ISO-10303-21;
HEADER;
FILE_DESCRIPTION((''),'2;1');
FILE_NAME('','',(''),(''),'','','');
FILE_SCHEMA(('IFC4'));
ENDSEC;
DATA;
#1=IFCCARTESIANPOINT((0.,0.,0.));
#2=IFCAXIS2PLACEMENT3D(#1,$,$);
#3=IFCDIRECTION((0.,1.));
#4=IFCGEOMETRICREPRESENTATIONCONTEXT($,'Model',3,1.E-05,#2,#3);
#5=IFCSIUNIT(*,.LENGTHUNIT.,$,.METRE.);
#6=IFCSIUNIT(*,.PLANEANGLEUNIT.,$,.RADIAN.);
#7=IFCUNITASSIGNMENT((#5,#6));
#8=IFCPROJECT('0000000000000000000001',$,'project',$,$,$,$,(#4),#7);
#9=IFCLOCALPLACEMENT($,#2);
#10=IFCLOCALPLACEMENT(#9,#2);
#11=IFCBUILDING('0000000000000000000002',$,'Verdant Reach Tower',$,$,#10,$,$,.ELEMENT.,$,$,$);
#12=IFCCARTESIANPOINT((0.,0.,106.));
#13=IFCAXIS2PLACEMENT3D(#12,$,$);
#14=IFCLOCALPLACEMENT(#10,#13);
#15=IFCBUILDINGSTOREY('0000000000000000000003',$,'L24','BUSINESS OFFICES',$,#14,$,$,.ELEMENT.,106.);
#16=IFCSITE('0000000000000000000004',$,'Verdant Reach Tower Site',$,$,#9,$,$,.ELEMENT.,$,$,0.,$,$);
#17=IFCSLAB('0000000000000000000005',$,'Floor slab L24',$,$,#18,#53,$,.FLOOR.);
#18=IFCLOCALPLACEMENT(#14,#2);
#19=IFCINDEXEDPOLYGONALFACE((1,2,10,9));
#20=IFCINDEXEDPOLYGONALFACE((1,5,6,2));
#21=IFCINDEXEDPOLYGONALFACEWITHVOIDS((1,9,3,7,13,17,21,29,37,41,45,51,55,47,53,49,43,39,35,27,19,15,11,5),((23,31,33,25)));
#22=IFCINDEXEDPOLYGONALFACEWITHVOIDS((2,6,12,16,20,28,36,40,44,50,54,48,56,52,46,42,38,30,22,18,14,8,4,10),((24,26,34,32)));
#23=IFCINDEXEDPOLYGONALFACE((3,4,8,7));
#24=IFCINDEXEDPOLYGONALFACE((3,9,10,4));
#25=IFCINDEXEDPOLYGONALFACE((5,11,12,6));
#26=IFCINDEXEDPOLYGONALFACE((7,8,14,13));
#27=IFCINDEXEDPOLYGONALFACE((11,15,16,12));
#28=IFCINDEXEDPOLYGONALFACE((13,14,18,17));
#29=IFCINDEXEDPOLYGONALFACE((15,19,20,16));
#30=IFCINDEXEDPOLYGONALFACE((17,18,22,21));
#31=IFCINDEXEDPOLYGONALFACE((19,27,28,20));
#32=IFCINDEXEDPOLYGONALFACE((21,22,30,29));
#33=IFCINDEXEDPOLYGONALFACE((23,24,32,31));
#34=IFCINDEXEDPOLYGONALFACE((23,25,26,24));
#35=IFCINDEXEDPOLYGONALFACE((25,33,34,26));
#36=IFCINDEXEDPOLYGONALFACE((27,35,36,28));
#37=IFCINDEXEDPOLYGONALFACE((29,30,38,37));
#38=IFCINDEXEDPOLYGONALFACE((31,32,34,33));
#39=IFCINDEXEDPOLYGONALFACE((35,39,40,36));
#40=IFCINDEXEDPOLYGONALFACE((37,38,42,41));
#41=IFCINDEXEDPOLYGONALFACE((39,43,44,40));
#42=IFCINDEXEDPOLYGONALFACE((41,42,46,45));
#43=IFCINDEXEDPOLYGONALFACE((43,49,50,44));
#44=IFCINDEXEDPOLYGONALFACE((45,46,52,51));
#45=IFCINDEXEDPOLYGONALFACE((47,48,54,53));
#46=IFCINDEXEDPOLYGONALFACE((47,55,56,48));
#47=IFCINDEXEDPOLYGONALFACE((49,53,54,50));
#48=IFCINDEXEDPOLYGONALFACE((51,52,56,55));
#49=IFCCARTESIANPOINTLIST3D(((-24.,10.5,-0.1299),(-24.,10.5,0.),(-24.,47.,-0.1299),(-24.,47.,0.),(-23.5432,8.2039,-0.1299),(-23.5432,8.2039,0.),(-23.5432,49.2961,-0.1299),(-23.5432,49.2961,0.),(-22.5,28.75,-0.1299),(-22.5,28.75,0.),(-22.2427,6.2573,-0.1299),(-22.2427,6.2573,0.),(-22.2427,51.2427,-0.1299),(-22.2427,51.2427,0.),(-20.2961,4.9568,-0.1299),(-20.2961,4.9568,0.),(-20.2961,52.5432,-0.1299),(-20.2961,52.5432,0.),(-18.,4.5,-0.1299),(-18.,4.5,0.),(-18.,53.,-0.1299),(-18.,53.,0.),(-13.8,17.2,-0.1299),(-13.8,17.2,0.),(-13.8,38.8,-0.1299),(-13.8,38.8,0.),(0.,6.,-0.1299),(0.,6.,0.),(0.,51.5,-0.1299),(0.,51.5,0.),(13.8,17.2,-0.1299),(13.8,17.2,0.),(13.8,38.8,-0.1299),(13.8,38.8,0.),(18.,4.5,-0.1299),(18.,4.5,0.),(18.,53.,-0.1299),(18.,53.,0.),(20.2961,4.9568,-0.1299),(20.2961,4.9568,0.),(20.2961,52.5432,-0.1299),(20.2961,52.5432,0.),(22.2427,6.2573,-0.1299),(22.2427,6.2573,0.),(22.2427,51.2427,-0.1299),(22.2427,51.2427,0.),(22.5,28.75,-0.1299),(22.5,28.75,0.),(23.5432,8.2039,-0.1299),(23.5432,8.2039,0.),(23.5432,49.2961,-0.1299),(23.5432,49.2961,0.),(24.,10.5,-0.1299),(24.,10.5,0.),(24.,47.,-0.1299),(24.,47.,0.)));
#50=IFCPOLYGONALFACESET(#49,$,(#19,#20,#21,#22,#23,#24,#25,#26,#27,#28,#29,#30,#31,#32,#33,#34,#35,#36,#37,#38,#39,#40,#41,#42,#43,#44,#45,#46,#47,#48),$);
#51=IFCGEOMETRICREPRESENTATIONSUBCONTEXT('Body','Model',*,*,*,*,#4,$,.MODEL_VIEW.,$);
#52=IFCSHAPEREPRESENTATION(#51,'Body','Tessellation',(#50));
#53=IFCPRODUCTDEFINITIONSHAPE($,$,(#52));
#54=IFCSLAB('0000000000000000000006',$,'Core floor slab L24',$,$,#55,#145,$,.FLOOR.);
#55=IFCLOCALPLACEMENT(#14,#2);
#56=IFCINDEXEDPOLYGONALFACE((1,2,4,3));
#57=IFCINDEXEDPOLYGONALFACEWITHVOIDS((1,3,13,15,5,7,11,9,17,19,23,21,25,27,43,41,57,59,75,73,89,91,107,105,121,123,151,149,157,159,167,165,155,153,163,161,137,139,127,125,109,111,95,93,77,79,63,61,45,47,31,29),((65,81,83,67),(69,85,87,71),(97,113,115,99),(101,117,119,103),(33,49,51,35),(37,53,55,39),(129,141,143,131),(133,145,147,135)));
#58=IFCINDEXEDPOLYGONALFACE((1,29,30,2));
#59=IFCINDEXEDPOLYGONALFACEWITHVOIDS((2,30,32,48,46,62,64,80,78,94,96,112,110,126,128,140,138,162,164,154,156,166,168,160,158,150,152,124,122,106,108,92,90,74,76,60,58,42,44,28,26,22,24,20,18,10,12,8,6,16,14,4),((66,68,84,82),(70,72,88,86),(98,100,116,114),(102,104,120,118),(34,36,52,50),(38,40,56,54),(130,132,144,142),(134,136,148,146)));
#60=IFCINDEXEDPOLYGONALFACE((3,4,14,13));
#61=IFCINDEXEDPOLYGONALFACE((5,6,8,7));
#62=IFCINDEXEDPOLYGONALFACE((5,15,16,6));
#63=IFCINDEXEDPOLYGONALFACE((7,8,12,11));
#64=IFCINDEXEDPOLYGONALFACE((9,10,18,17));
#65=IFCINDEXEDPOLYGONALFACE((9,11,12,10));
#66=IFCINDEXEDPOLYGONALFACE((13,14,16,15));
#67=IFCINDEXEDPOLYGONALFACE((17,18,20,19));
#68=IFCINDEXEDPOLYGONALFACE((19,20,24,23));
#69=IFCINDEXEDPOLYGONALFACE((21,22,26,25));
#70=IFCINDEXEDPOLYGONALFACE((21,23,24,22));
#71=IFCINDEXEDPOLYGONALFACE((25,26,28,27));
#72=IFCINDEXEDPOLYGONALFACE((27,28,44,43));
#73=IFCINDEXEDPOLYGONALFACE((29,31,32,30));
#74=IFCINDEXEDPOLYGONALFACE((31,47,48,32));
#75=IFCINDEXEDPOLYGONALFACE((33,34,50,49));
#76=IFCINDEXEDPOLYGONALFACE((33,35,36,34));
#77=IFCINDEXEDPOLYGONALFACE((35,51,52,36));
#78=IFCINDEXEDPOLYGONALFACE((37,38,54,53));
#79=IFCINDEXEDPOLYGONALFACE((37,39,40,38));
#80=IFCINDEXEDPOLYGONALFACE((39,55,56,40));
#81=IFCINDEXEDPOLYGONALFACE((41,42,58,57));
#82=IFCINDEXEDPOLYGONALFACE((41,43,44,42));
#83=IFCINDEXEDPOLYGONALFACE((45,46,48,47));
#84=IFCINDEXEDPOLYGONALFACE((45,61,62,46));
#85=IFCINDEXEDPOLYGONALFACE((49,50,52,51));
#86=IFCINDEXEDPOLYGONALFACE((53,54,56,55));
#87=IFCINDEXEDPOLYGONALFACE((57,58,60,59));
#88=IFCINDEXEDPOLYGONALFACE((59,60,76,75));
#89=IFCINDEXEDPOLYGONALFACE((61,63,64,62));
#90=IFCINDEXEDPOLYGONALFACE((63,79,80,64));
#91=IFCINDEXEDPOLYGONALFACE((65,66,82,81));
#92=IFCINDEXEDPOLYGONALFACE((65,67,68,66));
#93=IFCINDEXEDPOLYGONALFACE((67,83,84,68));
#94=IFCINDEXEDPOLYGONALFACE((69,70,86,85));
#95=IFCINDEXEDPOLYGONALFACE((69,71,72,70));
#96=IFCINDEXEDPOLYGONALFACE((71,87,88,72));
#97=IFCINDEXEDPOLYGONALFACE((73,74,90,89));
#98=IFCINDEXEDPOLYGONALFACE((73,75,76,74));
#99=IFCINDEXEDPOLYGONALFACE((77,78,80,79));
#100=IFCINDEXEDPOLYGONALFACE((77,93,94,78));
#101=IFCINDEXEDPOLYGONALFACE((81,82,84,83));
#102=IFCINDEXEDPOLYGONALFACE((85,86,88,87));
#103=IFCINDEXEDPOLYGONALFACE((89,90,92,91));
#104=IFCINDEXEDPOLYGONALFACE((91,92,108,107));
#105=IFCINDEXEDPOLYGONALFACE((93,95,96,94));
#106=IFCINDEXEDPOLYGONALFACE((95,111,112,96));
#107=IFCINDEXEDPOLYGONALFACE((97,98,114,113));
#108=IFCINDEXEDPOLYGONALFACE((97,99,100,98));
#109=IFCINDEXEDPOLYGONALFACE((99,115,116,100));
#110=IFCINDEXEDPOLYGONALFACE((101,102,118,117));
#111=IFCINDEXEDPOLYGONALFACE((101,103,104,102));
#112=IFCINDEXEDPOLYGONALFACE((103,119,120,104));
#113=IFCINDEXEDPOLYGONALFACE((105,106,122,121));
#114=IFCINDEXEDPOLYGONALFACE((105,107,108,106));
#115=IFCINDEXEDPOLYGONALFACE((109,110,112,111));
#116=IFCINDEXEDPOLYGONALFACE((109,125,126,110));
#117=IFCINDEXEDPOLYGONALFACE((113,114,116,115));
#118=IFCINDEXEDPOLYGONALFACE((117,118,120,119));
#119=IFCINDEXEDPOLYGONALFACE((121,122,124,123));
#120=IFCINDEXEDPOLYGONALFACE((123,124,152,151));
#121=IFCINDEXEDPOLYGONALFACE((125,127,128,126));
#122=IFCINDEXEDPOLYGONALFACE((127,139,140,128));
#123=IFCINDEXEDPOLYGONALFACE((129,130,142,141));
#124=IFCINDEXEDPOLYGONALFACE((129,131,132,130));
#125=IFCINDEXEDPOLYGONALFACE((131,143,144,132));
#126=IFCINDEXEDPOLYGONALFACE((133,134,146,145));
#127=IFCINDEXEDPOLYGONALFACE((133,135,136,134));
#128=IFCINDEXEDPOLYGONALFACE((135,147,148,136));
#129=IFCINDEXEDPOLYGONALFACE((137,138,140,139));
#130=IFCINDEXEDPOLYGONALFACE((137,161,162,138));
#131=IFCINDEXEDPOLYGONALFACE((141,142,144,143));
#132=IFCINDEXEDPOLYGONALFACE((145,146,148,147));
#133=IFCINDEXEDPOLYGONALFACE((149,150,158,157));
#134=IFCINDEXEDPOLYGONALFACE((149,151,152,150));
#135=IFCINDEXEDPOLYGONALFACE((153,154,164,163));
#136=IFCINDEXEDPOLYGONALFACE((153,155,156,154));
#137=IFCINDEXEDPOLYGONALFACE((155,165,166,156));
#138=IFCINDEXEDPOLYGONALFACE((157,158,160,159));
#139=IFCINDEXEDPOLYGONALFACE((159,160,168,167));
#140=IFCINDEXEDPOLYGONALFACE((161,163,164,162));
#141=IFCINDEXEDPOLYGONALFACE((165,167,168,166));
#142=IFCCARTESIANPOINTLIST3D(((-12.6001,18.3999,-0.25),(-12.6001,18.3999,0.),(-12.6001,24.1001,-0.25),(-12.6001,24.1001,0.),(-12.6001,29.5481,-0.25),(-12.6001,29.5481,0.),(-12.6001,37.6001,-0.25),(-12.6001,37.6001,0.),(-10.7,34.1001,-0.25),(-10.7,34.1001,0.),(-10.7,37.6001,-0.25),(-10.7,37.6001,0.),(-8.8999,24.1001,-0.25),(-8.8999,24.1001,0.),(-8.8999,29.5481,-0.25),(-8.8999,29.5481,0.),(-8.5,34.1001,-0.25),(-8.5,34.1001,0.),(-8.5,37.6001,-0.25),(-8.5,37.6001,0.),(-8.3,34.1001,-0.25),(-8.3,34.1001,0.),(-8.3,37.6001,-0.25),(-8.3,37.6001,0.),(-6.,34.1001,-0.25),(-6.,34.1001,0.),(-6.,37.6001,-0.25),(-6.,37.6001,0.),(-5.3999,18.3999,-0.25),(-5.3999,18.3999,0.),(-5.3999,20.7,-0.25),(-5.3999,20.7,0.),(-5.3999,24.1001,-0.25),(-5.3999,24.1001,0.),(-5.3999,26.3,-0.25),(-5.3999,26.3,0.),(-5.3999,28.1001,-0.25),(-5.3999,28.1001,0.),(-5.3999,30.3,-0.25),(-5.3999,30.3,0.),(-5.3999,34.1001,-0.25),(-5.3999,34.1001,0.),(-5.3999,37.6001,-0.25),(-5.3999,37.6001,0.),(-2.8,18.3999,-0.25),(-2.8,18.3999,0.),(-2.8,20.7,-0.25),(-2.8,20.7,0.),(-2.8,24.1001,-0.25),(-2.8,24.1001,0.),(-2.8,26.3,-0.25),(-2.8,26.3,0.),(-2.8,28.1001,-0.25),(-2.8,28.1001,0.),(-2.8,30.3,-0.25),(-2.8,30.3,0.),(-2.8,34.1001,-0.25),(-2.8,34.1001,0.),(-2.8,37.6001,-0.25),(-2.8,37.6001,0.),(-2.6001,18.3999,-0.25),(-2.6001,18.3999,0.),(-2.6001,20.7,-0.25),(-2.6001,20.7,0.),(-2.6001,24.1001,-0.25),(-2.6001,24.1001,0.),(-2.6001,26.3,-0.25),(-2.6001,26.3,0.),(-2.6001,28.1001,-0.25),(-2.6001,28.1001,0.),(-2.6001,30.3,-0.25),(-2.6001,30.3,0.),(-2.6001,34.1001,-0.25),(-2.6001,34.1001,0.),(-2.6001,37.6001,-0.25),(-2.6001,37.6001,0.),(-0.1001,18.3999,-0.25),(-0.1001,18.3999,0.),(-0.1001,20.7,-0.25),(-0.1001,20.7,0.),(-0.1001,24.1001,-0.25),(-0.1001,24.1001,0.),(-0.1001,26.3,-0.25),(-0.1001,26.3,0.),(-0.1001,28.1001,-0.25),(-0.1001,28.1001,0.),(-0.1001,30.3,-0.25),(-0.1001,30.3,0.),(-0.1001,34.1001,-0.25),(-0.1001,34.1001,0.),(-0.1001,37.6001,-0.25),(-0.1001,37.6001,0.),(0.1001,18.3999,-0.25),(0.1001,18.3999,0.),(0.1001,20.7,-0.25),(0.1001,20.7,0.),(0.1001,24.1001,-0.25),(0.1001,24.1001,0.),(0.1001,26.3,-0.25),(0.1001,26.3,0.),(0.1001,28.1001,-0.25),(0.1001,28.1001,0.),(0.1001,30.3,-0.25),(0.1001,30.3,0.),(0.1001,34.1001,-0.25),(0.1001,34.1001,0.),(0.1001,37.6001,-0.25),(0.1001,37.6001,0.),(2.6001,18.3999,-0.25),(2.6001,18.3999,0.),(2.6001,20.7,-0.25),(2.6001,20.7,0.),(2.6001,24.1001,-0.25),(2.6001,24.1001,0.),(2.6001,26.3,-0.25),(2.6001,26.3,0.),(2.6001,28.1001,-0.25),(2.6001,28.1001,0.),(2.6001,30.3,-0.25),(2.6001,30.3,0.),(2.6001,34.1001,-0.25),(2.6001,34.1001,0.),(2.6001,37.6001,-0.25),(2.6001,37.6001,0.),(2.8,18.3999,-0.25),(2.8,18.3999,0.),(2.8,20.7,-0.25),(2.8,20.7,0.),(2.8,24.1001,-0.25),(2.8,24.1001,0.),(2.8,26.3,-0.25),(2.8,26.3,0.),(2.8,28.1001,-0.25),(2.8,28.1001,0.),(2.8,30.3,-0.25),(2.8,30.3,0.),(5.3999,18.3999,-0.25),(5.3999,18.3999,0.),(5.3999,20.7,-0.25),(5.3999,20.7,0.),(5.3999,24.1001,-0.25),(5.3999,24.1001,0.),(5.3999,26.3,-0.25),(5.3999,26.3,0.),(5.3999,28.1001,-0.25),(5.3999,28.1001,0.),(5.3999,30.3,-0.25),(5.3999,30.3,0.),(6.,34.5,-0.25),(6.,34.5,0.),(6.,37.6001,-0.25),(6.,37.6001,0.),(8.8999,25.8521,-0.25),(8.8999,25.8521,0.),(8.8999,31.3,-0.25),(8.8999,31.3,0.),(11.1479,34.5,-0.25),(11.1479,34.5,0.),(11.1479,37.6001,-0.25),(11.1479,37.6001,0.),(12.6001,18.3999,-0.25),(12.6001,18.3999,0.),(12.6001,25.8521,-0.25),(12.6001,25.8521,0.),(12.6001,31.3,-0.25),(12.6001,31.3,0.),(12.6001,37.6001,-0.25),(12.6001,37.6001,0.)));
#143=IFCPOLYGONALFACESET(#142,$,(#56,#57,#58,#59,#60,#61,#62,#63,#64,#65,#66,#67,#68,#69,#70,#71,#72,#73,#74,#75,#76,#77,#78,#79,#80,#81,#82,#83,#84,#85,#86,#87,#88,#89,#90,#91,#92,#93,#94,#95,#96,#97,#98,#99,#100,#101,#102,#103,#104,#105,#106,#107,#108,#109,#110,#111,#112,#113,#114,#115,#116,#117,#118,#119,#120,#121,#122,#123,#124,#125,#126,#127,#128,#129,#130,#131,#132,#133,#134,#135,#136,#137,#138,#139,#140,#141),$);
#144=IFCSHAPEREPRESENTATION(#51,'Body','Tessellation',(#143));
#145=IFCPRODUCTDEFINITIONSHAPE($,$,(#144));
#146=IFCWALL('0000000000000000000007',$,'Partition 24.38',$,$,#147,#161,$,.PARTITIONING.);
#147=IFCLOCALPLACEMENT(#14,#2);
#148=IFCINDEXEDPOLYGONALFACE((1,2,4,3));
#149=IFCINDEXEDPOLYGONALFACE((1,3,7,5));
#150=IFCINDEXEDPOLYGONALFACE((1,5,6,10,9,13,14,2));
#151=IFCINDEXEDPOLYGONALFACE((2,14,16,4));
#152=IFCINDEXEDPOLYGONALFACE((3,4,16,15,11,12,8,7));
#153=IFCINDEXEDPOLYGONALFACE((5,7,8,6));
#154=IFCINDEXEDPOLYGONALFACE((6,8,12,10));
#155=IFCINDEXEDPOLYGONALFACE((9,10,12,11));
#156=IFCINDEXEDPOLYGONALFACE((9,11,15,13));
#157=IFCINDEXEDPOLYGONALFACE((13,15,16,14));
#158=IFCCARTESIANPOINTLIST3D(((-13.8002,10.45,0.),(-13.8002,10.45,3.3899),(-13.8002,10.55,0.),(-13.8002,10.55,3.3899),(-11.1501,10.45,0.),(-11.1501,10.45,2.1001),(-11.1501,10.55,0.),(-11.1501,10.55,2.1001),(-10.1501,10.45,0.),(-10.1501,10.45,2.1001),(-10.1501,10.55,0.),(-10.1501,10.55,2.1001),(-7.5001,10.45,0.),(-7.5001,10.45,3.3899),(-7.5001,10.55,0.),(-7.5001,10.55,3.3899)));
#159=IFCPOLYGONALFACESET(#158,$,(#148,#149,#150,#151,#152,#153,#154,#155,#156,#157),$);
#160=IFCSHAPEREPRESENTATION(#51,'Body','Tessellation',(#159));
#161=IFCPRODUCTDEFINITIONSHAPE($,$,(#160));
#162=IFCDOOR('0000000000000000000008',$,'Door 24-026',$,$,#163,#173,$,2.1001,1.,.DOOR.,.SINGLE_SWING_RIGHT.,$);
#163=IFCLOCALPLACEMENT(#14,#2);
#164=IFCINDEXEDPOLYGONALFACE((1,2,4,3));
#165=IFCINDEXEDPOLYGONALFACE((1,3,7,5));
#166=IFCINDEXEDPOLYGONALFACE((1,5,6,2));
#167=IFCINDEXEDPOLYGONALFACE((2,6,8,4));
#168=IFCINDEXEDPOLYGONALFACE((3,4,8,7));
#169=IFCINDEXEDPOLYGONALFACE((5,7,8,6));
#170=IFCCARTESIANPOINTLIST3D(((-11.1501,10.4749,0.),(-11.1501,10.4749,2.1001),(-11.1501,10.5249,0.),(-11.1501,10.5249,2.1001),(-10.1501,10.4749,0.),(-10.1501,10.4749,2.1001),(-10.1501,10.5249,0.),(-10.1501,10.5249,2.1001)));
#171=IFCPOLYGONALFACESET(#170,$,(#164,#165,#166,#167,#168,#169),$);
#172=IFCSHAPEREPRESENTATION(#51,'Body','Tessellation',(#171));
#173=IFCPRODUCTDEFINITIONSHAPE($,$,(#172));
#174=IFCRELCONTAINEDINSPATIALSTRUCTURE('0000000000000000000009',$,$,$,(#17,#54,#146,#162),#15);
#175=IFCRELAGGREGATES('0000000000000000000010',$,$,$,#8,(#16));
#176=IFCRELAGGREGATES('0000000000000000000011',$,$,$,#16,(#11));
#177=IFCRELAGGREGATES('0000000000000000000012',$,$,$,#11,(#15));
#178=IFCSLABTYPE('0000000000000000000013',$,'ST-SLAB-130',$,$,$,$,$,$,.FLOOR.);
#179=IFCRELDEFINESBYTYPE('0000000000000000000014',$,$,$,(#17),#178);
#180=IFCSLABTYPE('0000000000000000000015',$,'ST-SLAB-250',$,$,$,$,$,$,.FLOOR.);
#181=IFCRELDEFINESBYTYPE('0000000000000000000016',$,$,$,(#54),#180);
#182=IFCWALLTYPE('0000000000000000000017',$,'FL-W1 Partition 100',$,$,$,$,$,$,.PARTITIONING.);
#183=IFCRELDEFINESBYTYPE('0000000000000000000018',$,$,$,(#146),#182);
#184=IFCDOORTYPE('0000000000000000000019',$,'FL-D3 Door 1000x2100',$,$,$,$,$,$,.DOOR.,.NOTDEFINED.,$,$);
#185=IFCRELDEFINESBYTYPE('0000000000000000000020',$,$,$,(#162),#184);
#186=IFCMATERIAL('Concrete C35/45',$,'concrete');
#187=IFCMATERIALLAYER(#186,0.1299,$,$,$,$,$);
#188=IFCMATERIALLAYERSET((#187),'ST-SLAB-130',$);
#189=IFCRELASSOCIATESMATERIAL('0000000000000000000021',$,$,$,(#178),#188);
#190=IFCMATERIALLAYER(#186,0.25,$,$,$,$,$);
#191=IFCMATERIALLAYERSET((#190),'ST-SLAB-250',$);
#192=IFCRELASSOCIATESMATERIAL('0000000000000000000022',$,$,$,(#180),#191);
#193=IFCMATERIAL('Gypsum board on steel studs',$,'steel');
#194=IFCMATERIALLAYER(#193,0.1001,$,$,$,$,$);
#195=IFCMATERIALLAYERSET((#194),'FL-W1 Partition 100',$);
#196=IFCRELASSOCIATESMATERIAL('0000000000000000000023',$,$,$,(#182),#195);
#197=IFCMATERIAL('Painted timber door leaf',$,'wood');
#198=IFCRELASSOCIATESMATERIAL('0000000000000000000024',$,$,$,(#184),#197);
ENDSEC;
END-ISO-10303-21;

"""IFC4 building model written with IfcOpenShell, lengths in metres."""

from ifc_helpers import new_model, si_unit, direction, frame, frame_2d, origin, place, context, subcontext, project, spatial, polyline, rectangle, outline, extrude, material, layer, layer_set, type_object, element, fill, save


model = new_model("IFC4")

# Units and contexts
model_context = context("Model", 3, precision=1e-05, world=origin(), true_north=direction((0.0, 1.0)))
body_context = subcontext(model_context, "Body", "Model", "MODEL_VIEW")
ifc_project = project(units=[si_unit("LENGTHUNIT", "METRE"), si_unit("PLANEANGLEUNIT", "RADIAN")], contexts=[model_context])

# Site, building, storey
site_placement = place(None, origin())
site = spatial("IfcSite", under=ifc_project, at=site_placement, Name="Verdant Reach Tower Site", CompositionType="ELEMENT", RefElevation=0.0)
building_placement = place(site_placement, origin())
building = spatial("IfcBuilding", under=site, at=building_placement, Name="Verdant Reach Tower", CompositionType="ELEMENT")
storey_placement = place(building_placement, frame((0.0, 0.0, 106.0)))
storey = spatial("IfcBuildingStorey", under=building, at=storey_placement, Name="L24", Description="BUSINESS OFFICES", CompositionType="ELEMENT", Elevation=106.0)

# Slabs
ifc_material_1 = material(Name="Concrete C35/45", Category="concrete")
ifc_layer_1 = layer(ifc_material_1, 0.1299)
ifc_layer_set_1 = layer_set([ifc_layer_1], Name="ST-SLAB-130")
slab_type_1 = type_object("IfcSlabType", Name="ST-SLAB-130", PredefinedType="FLOOR", material=ifc_layer_set_1)
slab_1_placement = place(storey_placement, frame((0.0, 0.0, -0.1299)))
element("IfcSlab", 1, at=slab_1_placement, inside=storey, type_object=slab_type_1, Name="Floor slab L24", PredefinedType="FLOOR", context=body_context, shape_type="SweptSolid", body=[
    extrude(outline(polyline([(0.0, 6.0), (-18.0, 4.5), (-20.2961, 4.9568), (-22.2427, 6.2573), (-23.5432, 8.2039), (-24.0, 10.5), (-22.5, 28.75), (-24.0, 47.0), (-23.5432, 49.2961), (-22.2427, 51.2427), (-20.2961, 52.5432), (-18.0, 53.0), (0.0, 51.5), (18.0, 53.0), (20.2961, 52.5432), (22.2427, 51.2427), (23.5432, 49.2961), (24.0, 47.0), (22.5, 28.75), (24.0, 10.5), (23.5432, 8.2039), (22.2427, 6.2573), (20.2961, 4.9568), (18.0, 4.5), (0.0, 6.0)]), holes=[polyline([(13.8, 38.8), (-13.8, 38.8), (-13.8, 17.2), (13.8, 17.2), (13.8, 38.8)])]), origin(), (0.0, 0.0, 1.0), 0.1299),
])
ifc_layer_2 = layer(ifc_material_1, 0.25)
ifc_layer_set_2 = layer_set([ifc_layer_2], Name="ST-SLAB-250")
slab_type_2 = type_object("IfcSlabType", Name="ST-SLAB-250", PredefinedType="FLOOR", material=ifc_layer_set_2)
slab_2_placement = place(storey_placement, frame((0.0, 0.0, -0.25)))
element("IfcSlab", 2, at=slab_2_placement, inside=storey, type_object=slab_type_2, Name="Core floor slab L24", PredefinedType="FLOOR", context=body_context, shape_type="SweptSolid", body=[
    extrude(outline(polyline([(12.6001, 18.3999), (5.3999, 18.3999), (5.3999, 20.7), (2.8, 20.7), (2.8, 18.3999), (2.6001, 18.3999), (2.6001, 20.7), (0.1001, 20.7), (0.1001, 18.3999), (-0.1001, 18.3999), (-0.1001, 20.7), (-2.6001, 20.7), (-2.6001, 18.3999), (-2.8, 18.3999), (-2.8, 20.7), (-5.3999, 20.7), (-5.3999, 18.3999), (-12.6001, 18.3999), (-12.6001, 24.1001), (-8.8999, 24.1001), (-8.8999, 29.5481), (-12.6001, 29.5481), (-12.6001, 37.6001), (-10.7, 37.6001), (-10.7, 34.1001), (-8.5, 34.1001), (-8.5, 37.6001), (-8.3, 37.6001), (-8.3, 34.1001), (-6.0, 34.1001), (-6.0, 37.6001), (-5.3999, 37.6001), (-5.3999, 34.1001), (-2.8, 34.1001), (-2.8, 37.6001), (-2.6001, 37.6001), (-2.6001, 34.1001), (-0.1001, 34.1001), (-0.1001, 37.6001), (0.1001, 37.6001), (0.1001, 34.1001), (2.6001, 34.1001), (2.6001, 37.6001), (6.0, 37.6001), (6.0, 34.5), (11.1479, 34.5), (11.1479, 37.6001), (12.6001, 37.6001), (12.6001, 31.3), (8.8999, 31.3), (8.8999, 25.8521), (12.6001, 25.8521), (12.6001, 18.3999)]), holes=[polyline([(-2.8, 24.1001), (-2.8, 26.3), (-5.3999, 26.3), (-5.3999, 24.1001), (-2.8, 24.1001)]), polyline([(-2.6001, 24.1001), (-0.1001, 24.1001), (-0.1001, 26.3), (-2.6001, 26.3), (-2.6001, 24.1001)]), polyline([(-2.8, 28.1001), (-2.8, 30.3), (-5.3999, 30.3), (-5.3999, 28.1001), (-2.8, 28.1001)]), polyline([(-0.1001, 28.1001), (-0.1001, 30.3), (-2.6001, 30.3), (-2.6001, 28.1001), (-0.1001, 28.1001)]), polyline([(2.6001, 24.1001), (2.6001, 26.3), (0.1001, 26.3), (0.1001, 24.1001), (2.6001, 24.1001)]), polyline([(2.8, 24.1001), (5.3999, 24.1001), (5.3999, 26.3), (2.8, 26.3), (2.8, 24.1001)]), polyline([(2.6001, 28.1001), (2.6001, 30.3), (0.1001, 30.3), (0.1001, 28.1001), (2.6001, 28.1001)]), polyline([(5.3999, 28.1001), (5.3999, 30.3), (2.8, 30.3), (2.8, 28.1001), (5.3999, 28.1001)])]), origin(), (0.0, 0.0, 1.0), 0.25),
])

# Wall, opening, door
ifc_material_2 = material(Name="Gypsum board on steel studs", Category="steel")
ifc_layer_3 = layer(ifc_material_2, 0.1001)
ifc_layer_set_3 = layer_set([ifc_layer_3], Name="FL-W1 Partition 100")
wall_type_1 = type_object("IfcWallType", Name="FL-W1 Partition 100", PredefinedType="PARTITIONING", material=ifc_layer_set_3)
wall_1_placement = place(storey_placement, frame((-13.8, 10.5, 0.0), z_axis=(0.0, 0.0, 1.0), x_axis=(1.0, 0.0, 0.0)))
wall_1 = element("IfcWall", 3, at=wall_1_placement, inside=storey, type_object=wall_type_1, Name="Partition 24.38", PredefinedType="PARTITIONING", context=body_context, shape_type="SweptSolid", body=[
    extrude(rectangle(XDim=6.3, YDim=0.1001, at=frame_2d((3.1499, 0.0))), origin(), (0.0, 0.0, 1.0), 3.3899),
])
opening_1_placement = place(wall_1_placement, frame((2.6499, 0.0, 0.0)))
opening_1 = element("IfcOpeningElement", 4, at=opening_1_placement, cuts=wall_1, PredefinedType="OPENING", context=body_context, shape_type="SweptSolid", body=[
    extrude(rectangle(XDim=1.0, YDim=2.1001, at=frame_2d((0.5, 1.05))), frame((0.0, 0.0601, 0.0), z_axis=(0.0, -1.0, 0.0), x_axis=(1.0, 0.0, 0.0)), (0.0, 0.0, 1.0), 0.1201),
])
ifc_material_3 = material(Name="Painted timber door leaf", Category="wood")
door_type_1 = type_object("IfcDoorType", Name="FL-D3 Door 1000x2100", OperationType="NOTDEFINED", PredefinedType="DOOR", material=ifc_material_3)
door_1_placement = place(opening_1_placement, origin())
door_1 = element("IfcDoor", 5, at=door_1_placement, inside=storey, type_object=door_type_1, Name="Door 24-026", OperationType="SINGLE_SWING_RIGHT", OverallHeight=2.1001, OverallWidth=1.0, PredefinedType="DOOR", context=body_context, shape_type="SweptSolid", body=[
    extrude(rectangle(XDim=1.0, YDim=2.1001, at=frame_2d((0.5, 1.05))), frame((0.0, 0.0249, 0.0), z_axis=(0.0, -1.0, 0.0), x_axis=(1.0, 0.0, 0.0)), (0.0, 0.0, 1.0), 0.05),
])
fill(opening_1, door_1)

save(model, "model.ifc")
